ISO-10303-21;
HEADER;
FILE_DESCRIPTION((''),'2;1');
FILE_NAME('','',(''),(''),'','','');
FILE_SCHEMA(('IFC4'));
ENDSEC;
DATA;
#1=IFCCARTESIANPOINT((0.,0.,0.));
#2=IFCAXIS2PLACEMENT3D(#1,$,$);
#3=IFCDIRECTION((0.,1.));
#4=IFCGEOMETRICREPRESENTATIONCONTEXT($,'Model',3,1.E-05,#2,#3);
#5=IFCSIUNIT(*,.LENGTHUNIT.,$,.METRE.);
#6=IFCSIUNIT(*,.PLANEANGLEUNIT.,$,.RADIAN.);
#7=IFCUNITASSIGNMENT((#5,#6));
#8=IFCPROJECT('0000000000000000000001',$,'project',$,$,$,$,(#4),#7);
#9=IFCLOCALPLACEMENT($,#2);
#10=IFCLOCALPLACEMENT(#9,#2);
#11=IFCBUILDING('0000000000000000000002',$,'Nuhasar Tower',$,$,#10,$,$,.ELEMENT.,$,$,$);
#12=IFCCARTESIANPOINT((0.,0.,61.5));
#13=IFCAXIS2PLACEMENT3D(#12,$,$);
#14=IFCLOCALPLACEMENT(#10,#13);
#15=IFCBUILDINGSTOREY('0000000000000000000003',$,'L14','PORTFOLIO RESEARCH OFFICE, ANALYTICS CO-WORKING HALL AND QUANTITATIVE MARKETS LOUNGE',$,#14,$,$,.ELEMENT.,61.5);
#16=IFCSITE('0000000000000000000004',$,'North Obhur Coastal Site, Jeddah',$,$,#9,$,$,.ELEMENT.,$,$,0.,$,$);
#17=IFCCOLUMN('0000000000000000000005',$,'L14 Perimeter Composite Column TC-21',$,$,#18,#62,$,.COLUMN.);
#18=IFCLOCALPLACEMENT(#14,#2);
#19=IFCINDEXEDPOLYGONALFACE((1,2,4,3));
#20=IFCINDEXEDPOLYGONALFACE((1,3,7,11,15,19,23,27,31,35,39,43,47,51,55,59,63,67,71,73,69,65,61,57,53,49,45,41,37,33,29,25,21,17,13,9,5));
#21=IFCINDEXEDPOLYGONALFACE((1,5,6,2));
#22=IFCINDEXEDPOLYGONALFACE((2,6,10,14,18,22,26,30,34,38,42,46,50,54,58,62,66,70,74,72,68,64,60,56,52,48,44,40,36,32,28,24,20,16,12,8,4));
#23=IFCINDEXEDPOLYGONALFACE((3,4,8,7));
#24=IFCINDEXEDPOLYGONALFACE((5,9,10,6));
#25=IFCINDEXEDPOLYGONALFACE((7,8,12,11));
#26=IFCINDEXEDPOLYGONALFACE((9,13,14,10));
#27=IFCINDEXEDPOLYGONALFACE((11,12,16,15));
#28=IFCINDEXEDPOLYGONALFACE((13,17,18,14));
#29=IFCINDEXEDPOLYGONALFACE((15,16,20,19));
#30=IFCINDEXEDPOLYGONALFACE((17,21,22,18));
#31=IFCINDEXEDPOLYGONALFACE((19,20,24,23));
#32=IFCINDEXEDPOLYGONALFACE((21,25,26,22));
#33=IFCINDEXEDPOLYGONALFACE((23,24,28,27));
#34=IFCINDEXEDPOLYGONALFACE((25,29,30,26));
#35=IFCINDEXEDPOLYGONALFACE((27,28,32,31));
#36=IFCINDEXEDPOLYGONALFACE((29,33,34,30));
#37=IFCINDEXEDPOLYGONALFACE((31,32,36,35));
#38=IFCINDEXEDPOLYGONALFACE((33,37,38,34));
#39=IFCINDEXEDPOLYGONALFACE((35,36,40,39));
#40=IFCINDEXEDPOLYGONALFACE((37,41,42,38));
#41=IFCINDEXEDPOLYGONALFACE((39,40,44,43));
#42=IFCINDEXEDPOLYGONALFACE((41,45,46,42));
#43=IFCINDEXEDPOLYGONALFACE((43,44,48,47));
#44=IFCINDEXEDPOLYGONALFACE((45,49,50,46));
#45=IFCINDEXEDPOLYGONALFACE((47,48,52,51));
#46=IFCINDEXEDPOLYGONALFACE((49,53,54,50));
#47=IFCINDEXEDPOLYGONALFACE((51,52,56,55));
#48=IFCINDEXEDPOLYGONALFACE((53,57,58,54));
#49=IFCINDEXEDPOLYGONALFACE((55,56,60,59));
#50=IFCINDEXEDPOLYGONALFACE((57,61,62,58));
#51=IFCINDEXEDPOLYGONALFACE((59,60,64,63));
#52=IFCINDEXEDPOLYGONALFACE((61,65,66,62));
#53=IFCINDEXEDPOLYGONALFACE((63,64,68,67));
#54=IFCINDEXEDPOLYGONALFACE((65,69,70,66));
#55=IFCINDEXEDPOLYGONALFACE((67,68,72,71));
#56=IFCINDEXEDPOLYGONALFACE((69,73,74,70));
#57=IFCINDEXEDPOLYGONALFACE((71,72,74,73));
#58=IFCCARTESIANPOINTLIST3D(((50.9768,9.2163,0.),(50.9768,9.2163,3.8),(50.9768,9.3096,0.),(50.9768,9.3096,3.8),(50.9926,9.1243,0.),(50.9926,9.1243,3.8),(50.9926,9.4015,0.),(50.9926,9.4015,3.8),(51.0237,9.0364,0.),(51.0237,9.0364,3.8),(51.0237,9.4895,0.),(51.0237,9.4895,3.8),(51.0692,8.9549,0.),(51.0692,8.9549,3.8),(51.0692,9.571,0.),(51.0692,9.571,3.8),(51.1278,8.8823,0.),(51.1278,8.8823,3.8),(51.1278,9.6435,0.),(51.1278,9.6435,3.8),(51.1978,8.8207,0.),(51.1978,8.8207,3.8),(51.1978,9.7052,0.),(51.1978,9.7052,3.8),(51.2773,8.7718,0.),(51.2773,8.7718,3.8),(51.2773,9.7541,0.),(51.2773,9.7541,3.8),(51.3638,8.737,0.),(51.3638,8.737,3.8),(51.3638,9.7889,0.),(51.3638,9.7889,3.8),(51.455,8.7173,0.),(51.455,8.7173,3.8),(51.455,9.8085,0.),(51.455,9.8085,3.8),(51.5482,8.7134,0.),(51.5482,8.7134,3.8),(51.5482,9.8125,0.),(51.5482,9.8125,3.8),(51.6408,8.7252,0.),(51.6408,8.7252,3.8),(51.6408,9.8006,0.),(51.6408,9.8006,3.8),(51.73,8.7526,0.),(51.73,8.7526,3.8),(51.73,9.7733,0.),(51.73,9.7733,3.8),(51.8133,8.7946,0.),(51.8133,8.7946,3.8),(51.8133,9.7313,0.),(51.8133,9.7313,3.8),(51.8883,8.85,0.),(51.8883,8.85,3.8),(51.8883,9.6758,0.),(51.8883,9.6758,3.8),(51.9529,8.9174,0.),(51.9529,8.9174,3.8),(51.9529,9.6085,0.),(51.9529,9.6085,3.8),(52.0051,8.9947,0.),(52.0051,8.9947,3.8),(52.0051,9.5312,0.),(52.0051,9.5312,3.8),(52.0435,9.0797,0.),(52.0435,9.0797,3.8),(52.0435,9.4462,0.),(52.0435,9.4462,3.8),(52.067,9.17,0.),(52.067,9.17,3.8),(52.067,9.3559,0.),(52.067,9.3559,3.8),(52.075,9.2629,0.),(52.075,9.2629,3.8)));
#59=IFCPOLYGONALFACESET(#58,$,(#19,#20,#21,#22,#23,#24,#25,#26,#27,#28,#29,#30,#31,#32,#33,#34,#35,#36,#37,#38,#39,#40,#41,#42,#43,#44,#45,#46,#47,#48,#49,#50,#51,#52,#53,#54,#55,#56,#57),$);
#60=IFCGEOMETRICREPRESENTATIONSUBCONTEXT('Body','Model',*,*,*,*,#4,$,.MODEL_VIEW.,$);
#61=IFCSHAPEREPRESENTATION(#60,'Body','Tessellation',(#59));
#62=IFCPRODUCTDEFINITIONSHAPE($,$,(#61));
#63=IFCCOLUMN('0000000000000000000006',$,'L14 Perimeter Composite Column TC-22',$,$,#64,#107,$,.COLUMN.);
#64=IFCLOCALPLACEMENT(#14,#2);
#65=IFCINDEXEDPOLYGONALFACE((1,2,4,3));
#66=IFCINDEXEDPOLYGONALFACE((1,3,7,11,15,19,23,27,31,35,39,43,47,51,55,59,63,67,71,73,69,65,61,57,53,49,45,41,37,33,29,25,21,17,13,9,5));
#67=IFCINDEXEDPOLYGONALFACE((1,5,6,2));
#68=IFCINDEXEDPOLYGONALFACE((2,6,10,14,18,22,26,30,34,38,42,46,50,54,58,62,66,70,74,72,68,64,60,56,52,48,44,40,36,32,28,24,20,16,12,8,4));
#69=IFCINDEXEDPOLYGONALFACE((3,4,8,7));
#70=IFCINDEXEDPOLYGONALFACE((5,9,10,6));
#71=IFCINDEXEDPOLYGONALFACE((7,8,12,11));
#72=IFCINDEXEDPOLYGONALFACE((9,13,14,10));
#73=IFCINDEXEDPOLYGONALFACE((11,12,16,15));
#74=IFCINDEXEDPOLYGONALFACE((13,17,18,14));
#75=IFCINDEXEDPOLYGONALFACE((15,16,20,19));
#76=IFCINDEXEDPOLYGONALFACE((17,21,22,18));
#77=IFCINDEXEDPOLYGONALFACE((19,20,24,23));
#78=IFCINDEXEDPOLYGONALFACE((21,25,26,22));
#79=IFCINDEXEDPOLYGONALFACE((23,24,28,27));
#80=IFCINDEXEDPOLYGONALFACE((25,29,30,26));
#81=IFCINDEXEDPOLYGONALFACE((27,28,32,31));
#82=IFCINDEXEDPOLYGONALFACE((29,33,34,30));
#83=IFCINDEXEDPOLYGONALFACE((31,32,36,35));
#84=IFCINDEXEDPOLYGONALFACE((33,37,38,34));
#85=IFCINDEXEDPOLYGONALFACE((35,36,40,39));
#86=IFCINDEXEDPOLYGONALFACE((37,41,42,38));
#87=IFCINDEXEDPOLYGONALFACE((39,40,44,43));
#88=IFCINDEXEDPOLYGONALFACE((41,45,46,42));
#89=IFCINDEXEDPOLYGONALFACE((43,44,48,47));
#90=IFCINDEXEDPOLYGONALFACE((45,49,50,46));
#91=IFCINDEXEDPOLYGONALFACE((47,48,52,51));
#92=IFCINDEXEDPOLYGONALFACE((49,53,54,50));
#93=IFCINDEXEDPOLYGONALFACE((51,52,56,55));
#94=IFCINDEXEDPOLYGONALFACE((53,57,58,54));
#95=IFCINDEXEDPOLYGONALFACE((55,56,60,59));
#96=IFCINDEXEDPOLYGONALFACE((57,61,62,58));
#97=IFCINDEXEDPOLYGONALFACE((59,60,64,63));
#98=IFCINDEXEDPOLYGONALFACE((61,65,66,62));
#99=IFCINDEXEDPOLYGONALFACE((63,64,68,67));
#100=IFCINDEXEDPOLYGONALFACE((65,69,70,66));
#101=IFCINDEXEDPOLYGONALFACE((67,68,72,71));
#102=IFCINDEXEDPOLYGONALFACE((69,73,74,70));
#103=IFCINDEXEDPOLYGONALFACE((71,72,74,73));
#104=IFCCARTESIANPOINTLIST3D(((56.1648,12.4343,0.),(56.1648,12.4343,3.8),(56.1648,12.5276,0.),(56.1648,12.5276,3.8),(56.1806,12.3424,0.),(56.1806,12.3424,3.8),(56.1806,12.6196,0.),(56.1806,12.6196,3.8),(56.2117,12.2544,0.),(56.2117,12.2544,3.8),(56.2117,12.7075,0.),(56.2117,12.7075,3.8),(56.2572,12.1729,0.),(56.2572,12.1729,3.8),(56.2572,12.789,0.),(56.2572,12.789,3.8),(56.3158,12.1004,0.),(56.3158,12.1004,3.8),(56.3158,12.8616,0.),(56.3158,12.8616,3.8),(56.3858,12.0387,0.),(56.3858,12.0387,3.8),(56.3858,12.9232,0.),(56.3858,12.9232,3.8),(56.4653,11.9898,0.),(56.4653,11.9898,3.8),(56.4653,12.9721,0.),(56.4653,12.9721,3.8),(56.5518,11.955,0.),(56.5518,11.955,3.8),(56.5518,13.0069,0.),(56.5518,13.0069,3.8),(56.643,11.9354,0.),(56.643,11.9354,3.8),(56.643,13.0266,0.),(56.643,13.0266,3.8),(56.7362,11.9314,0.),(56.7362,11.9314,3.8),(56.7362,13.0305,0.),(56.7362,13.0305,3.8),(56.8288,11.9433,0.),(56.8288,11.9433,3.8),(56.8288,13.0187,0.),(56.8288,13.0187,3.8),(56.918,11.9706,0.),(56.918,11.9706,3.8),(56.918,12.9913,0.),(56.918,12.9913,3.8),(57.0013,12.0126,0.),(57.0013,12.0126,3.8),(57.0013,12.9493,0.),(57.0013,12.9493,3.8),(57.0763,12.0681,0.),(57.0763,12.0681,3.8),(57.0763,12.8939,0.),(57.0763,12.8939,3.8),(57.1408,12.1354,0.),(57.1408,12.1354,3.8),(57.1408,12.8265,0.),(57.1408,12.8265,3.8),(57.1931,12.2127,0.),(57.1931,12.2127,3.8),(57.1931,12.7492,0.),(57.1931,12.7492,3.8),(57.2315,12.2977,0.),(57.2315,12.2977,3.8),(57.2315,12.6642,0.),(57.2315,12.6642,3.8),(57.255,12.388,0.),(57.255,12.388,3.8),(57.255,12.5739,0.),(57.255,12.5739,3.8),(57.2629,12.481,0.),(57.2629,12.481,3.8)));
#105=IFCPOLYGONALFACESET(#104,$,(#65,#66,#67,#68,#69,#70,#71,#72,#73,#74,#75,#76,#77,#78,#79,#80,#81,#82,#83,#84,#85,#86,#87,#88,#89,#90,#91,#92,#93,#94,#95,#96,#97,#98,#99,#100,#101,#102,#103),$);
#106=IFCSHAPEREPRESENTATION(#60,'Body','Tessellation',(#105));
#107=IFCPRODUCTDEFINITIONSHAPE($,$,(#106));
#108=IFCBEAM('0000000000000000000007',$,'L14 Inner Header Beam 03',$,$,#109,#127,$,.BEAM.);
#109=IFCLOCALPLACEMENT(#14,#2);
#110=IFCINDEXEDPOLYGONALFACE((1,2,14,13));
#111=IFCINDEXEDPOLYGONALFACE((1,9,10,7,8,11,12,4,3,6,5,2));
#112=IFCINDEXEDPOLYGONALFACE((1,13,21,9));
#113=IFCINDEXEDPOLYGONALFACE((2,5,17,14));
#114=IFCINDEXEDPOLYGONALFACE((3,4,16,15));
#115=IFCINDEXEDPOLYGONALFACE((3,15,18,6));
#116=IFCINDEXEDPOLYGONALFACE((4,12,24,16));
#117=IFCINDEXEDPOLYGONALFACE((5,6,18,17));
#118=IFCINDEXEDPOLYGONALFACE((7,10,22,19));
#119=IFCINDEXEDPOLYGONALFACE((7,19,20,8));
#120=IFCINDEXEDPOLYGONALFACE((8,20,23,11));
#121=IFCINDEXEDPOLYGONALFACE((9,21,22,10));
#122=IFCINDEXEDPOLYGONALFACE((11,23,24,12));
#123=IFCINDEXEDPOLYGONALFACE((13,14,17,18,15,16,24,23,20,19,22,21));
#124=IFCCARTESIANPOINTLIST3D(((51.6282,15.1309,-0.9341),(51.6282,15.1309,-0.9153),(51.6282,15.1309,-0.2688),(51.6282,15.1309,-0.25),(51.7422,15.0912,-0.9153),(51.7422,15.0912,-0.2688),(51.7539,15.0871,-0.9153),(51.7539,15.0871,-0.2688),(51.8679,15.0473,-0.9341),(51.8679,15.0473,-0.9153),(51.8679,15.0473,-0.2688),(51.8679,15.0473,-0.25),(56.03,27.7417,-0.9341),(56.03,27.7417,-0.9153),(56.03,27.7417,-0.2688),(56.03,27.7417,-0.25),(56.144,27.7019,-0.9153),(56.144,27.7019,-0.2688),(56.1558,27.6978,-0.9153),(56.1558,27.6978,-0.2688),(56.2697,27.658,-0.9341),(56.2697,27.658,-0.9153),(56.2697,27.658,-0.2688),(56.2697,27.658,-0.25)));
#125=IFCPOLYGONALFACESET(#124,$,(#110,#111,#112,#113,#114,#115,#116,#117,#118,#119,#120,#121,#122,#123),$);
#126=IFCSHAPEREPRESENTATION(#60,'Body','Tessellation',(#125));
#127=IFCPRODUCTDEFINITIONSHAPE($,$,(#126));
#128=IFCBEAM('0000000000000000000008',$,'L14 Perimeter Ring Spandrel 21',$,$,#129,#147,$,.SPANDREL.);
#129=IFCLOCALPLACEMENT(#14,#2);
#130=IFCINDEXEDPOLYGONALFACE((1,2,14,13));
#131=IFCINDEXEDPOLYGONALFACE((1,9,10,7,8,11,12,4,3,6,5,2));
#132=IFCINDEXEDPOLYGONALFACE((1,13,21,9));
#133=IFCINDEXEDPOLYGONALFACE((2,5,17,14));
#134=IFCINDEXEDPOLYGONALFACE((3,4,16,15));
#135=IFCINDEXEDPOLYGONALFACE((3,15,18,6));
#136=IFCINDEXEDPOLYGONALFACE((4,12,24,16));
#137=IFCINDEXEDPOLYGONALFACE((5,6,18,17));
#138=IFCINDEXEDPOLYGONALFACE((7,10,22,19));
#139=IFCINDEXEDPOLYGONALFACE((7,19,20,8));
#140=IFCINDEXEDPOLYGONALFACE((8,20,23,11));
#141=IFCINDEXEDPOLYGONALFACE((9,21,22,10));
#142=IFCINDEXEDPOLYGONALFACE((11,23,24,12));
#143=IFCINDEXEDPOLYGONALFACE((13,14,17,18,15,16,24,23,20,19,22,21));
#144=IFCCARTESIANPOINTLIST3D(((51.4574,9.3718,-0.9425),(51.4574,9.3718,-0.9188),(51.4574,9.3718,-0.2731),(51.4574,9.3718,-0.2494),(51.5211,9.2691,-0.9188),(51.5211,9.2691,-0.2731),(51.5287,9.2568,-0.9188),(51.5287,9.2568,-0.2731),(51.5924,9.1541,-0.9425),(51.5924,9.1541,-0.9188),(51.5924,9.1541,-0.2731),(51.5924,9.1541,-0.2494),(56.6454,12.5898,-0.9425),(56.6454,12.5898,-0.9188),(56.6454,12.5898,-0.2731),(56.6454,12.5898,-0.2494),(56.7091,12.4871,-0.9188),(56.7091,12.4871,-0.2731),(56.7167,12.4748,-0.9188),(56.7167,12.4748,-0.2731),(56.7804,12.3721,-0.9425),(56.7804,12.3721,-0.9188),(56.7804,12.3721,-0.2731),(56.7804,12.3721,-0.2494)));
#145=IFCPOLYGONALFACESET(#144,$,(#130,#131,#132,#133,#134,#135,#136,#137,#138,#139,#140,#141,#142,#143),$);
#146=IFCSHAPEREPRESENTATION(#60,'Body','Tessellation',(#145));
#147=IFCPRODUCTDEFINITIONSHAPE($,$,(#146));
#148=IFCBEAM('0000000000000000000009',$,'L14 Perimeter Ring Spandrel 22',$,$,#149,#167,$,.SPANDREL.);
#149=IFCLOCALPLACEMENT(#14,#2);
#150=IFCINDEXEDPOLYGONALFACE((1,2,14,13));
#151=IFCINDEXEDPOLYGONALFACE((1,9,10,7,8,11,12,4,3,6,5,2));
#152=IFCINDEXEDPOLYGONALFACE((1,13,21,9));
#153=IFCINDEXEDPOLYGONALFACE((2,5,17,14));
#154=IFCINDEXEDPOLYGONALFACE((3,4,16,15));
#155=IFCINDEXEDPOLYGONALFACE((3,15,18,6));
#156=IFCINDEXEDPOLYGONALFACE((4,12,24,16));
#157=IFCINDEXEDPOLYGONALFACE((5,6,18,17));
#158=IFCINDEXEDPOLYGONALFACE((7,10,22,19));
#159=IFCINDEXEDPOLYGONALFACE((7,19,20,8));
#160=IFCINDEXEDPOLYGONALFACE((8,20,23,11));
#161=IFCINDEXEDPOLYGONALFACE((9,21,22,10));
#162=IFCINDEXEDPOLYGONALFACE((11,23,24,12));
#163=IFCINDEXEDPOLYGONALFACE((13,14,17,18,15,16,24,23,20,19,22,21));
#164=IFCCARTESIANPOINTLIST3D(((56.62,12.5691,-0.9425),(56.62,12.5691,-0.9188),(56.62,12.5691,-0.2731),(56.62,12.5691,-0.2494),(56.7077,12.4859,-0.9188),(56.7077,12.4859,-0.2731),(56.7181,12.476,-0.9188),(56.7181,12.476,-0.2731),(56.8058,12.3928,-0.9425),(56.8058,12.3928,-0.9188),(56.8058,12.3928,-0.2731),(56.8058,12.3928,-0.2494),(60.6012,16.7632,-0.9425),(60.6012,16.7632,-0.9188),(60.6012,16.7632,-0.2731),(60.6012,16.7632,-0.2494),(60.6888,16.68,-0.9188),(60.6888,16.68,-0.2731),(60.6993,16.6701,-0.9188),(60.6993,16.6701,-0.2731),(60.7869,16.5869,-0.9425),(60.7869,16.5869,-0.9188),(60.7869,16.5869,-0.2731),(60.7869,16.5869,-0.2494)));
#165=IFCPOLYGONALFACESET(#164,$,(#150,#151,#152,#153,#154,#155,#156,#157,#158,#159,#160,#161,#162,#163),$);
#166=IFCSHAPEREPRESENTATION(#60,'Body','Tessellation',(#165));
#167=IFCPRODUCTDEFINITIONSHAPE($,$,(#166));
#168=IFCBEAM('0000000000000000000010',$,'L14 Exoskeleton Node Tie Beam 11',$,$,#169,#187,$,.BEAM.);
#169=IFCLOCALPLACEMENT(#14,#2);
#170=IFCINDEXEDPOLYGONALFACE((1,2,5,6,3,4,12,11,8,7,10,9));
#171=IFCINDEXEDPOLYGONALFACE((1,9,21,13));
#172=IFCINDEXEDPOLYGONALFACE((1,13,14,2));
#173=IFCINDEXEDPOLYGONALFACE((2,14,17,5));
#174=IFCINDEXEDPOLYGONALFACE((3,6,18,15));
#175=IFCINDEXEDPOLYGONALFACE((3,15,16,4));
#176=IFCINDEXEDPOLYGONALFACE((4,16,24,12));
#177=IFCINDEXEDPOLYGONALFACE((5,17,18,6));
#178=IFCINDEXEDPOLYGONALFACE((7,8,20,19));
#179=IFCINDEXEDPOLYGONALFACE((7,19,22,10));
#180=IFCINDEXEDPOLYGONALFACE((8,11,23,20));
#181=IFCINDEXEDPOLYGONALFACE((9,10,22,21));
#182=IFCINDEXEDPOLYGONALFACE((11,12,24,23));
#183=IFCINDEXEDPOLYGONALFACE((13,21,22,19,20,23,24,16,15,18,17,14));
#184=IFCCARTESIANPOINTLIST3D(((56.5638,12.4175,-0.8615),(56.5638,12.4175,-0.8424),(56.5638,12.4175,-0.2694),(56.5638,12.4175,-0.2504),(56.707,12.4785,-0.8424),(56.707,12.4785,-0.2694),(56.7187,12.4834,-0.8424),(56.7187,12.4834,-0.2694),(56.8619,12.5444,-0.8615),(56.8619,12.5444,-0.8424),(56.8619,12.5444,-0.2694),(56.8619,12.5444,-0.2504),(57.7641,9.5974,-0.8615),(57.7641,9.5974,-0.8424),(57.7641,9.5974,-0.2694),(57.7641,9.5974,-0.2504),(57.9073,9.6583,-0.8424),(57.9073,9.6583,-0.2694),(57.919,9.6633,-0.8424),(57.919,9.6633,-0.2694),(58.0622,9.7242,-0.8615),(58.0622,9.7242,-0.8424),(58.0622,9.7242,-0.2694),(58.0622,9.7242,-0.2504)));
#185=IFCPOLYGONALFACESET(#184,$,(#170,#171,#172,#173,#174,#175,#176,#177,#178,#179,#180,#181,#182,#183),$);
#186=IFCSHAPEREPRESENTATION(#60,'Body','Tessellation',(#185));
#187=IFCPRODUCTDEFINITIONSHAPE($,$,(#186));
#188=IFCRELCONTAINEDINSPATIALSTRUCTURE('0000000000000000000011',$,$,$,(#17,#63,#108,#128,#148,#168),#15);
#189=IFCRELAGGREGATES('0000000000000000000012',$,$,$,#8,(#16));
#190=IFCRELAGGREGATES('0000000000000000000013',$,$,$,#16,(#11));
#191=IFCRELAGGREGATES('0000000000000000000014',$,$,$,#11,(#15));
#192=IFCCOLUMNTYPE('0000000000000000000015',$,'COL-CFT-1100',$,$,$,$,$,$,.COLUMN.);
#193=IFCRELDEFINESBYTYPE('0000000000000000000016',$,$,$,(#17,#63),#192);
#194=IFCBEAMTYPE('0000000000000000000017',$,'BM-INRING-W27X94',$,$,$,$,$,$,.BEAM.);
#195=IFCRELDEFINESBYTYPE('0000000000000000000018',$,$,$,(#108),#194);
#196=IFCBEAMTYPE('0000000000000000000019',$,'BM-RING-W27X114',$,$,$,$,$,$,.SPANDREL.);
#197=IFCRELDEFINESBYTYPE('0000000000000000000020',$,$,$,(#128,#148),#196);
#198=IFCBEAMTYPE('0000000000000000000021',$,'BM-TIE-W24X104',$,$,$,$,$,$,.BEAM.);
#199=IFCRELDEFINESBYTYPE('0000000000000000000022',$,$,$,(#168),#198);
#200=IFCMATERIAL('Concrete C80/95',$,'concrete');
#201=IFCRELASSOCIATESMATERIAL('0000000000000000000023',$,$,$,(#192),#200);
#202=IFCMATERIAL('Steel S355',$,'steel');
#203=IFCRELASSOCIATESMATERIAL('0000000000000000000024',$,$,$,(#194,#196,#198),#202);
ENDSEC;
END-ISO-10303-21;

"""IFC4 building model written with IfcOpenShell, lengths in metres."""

from ifc_helpers import new_model, si_unit, direction, frame, origin, origin_2d, place, context, subcontext, project, spatial, circle, i_section, extrude, material, material_profile, profile_set, type_object, element, save


model = new_model("IFC4")

# Units and contexts
model_context = context("Model", 3, precision=1e-05, world=origin(), true_north=direction((0.0, 1.0)))
body_context = subcontext(model_context, "Body", "Model", "MODEL_VIEW")
ifc_project = project(units=[si_unit("LENGTHUNIT", "METRE"), si_unit("PLANEANGLEUNIT", "RADIAN")], contexts=[model_context])

# Site, building, storey
site_placement = place(None, origin())
site = spatial("IfcSite", under=ifc_project, at=site_placement, Name="North Obhur Coastal Site, Jeddah", CompositionType="ELEMENT", RefElevation=0.0)
building_placement = place(site_placement, origin())
building = spatial("IfcBuilding", under=site, at=building_placement, Name="Nuhasar Tower", CompositionType="ELEMENT")
storey_placement = place(building_placement, frame((0.0, 0.0, 61.5)))
storey = spatial("IfcBuildingStorey", under=building, at=storey_placement, Name="L14", Description="PORTFOLIO RESEARCH OFFICE, ANALYTICS CO-WORKING HALL AND QUANTITATIVE MARKETS LOUNGE", CompositionType="ELEMENT", Elevation=61.5)

# Columns
ifc_material_1 = material(Name="Concrete C80/95", Category="concrete")
ifc_material_profile_1 = material_profile(ifc_material_1, circle(Radius=0.55, at=origin_2d()), Name="CFT1100")
ifc_profile_set_1 = profile_set([ifc_material_profile_1], Name="Concrete C80/95")
column_type = type_object("IfcColumnType", Name="COL-CFT-1100", PredefinedType="COLUMN", material=ifc_profile_set_1)
for number, where, z_axis, x_axis, name in (
    (1, (51.5249, 9.2629, 0.0), (0.0, 0.0, 1.0), (1.0, 0.0, 0.0), "L14 Perimeter Composite Column TC-21"),
    (2, (56.7129, 12.481, 0.0), (0.0, 0.0, 1.0), (1.0, 0.0, 0.0), "L14 Perimeter Composite Column TC-22"),
):
    element("IfcColumn", number, at=place(storey_placement, frame(where, z_axis=z_axis, x_axis=x_axis)), inside=storey, type_object=column_type, Name=name, PredefinedType="COLUMN", context=body_context, shape_type="SweptSolid", body=[
        extrude(circle(Radius=0.55, at=origin_2d()), origin(), (0.0, 0.0, 1.0), 3.8),
    ])

# Beams
ifc_material_2 = material(Name="Steel S355", Category="steel")
ifc_material_profile_2 = material_profile(ifc_material_2, i_section(OverallWidth=0.2539, OverallDepth=0.6841, WebThickness=0.0125, FlangeThickness=0.0188, at=origin_2d()), Name="W27X94")
ifc_profile_set_2 = profile_set([ifc_material_profile_2], Name="Steel S355")
beam_type_1 = type_object("IfcBeamType", Name="BM-INRING-W27X94", PredefinedType="BEAM", material=ifc_profile_set_2)
beam_1_placement = place(storey_placement, frame((51.748, 15.0891, -0.592), z_axis=(0.329554, 0.944137, 0.0), x_axis=(-0.944137, 0.329554, 0.0)))
element("IfcBeam", 3, at=beam_1_placement, inside=storey, type_object=beam_type_1, Name="L14 Inner Header Beam 03", PredefinedType="BEAM", context=body_context, shape_type="SweptSolid", body=[
    extrude(i_section(OverallWidth=0.2539, OverallDepth=0.6841, WebThickness=0.0125, FlangeThickness=0.0188, at=origin_2d()), origin(), (0.0, 0.0, 1.0), 13.3569),
])
ifc_material_profile_3 = material_profile(ifc_material_2, i_section(OverallWidth=0.2561, OverallDepth=0.6931, WebThickness=0.0144, FlangeThickness=0.0237, at=origin_2d()), Name="W27X114")
ifc_profile_set_3 = profile_set([ifc_material_profile_3], Name="Steel S355")
beam_type_2 = type_object("IfcBeamType", Name="BM-RING-W27X114", PredefinedType="SPANDREL", material=ifc_profile_set_3)
beam_2_placement = place(storey_placement, frame((51.5249, 9.2629, -0.5959), z_axis=(0.849795, 0.527113, 0.0), x_axis=(-0.527113, 0.849795, 0.0)))
element("IfcBeam", 4, at=beam_2_placement, inside=storey, type_object=beam_type_2, Name="L14 Perimeter Ring Spandrel 21", PredefinedType="SPANDREL", context=body_context, shape_type="SweptSolid", body=[
    extrude(i_section(OverallWidth=0.2561, OverallDepth=0.6931, WebThickness=0.0144, FlangeThickness=0.0237, at=origin_2d()), origin(), (0.0, 0.0, 1.0), 6.105),
])
beam_3_placement = place(storey_placement, frame((56.7129, 12.481, -0.5959), z_axis=(0.68846, 0.725274, 0.0), x_axis=(-0.725274, 0.68846, 0.0)))
element("IfcBeam", 5, at=beam_3_placement, inside=storey, type_object=beam_type_2, Name="L14 Perimeter Ring Spandrel 22", PredefinedType="SPANDREL", context=body_context, shape_type="SweptSolid", body=[
    extrude(i_section(OverallWidth=0.2561, OverallDepth=0.6931, WebThickness=0.0144, FlangeThickness=0.0237, at=origin_2d()), origin(), (0.0, 0.0, 1.0), 5.7827),
])
ifc_material_profile_4 = material_profile(ifc_material_2, i_section(OverallWidth=0.324, OverallDepth=0.6111, WebThickness=0.0127, FlangeThickness=0.019, at=origin_2d()), Name="W24X104")
ifc_profile_set_4 = profile_set([ifc_material_profile_4], Name="Steel S355")
beam_type_3 = type_object("IfcBeamType", Name="BM-TIE-W24X104", PredefinedType="BEAM", material=ifc_profile_set_4)
beam_4_placement = place(storey_placement, frame((56.7129, 12.481, -0.5559), z_axis=(0.391601, -0.920135, 0.0), x_axis=(0.920135, 0.391601, 0.0)))
element("IfcBeam", 6, at=beam_4_placement, inside=storey, type_object=beam_type_3, Name="L14 Exoskeleton Node Tie Beam 11", PredefinedType="BEAM", context=body_context, shape_type="SweptSolid", body=[
    extrude(i_section(OverallWidth=0.324, OverallDepth=0.6111, WebThickness=0.0127, FlangeThickness=0.019, at=origin_2d()), origin(), (0.0, 0.0, 1.0), 3.0649),
])

save(model, "model.ifc")
